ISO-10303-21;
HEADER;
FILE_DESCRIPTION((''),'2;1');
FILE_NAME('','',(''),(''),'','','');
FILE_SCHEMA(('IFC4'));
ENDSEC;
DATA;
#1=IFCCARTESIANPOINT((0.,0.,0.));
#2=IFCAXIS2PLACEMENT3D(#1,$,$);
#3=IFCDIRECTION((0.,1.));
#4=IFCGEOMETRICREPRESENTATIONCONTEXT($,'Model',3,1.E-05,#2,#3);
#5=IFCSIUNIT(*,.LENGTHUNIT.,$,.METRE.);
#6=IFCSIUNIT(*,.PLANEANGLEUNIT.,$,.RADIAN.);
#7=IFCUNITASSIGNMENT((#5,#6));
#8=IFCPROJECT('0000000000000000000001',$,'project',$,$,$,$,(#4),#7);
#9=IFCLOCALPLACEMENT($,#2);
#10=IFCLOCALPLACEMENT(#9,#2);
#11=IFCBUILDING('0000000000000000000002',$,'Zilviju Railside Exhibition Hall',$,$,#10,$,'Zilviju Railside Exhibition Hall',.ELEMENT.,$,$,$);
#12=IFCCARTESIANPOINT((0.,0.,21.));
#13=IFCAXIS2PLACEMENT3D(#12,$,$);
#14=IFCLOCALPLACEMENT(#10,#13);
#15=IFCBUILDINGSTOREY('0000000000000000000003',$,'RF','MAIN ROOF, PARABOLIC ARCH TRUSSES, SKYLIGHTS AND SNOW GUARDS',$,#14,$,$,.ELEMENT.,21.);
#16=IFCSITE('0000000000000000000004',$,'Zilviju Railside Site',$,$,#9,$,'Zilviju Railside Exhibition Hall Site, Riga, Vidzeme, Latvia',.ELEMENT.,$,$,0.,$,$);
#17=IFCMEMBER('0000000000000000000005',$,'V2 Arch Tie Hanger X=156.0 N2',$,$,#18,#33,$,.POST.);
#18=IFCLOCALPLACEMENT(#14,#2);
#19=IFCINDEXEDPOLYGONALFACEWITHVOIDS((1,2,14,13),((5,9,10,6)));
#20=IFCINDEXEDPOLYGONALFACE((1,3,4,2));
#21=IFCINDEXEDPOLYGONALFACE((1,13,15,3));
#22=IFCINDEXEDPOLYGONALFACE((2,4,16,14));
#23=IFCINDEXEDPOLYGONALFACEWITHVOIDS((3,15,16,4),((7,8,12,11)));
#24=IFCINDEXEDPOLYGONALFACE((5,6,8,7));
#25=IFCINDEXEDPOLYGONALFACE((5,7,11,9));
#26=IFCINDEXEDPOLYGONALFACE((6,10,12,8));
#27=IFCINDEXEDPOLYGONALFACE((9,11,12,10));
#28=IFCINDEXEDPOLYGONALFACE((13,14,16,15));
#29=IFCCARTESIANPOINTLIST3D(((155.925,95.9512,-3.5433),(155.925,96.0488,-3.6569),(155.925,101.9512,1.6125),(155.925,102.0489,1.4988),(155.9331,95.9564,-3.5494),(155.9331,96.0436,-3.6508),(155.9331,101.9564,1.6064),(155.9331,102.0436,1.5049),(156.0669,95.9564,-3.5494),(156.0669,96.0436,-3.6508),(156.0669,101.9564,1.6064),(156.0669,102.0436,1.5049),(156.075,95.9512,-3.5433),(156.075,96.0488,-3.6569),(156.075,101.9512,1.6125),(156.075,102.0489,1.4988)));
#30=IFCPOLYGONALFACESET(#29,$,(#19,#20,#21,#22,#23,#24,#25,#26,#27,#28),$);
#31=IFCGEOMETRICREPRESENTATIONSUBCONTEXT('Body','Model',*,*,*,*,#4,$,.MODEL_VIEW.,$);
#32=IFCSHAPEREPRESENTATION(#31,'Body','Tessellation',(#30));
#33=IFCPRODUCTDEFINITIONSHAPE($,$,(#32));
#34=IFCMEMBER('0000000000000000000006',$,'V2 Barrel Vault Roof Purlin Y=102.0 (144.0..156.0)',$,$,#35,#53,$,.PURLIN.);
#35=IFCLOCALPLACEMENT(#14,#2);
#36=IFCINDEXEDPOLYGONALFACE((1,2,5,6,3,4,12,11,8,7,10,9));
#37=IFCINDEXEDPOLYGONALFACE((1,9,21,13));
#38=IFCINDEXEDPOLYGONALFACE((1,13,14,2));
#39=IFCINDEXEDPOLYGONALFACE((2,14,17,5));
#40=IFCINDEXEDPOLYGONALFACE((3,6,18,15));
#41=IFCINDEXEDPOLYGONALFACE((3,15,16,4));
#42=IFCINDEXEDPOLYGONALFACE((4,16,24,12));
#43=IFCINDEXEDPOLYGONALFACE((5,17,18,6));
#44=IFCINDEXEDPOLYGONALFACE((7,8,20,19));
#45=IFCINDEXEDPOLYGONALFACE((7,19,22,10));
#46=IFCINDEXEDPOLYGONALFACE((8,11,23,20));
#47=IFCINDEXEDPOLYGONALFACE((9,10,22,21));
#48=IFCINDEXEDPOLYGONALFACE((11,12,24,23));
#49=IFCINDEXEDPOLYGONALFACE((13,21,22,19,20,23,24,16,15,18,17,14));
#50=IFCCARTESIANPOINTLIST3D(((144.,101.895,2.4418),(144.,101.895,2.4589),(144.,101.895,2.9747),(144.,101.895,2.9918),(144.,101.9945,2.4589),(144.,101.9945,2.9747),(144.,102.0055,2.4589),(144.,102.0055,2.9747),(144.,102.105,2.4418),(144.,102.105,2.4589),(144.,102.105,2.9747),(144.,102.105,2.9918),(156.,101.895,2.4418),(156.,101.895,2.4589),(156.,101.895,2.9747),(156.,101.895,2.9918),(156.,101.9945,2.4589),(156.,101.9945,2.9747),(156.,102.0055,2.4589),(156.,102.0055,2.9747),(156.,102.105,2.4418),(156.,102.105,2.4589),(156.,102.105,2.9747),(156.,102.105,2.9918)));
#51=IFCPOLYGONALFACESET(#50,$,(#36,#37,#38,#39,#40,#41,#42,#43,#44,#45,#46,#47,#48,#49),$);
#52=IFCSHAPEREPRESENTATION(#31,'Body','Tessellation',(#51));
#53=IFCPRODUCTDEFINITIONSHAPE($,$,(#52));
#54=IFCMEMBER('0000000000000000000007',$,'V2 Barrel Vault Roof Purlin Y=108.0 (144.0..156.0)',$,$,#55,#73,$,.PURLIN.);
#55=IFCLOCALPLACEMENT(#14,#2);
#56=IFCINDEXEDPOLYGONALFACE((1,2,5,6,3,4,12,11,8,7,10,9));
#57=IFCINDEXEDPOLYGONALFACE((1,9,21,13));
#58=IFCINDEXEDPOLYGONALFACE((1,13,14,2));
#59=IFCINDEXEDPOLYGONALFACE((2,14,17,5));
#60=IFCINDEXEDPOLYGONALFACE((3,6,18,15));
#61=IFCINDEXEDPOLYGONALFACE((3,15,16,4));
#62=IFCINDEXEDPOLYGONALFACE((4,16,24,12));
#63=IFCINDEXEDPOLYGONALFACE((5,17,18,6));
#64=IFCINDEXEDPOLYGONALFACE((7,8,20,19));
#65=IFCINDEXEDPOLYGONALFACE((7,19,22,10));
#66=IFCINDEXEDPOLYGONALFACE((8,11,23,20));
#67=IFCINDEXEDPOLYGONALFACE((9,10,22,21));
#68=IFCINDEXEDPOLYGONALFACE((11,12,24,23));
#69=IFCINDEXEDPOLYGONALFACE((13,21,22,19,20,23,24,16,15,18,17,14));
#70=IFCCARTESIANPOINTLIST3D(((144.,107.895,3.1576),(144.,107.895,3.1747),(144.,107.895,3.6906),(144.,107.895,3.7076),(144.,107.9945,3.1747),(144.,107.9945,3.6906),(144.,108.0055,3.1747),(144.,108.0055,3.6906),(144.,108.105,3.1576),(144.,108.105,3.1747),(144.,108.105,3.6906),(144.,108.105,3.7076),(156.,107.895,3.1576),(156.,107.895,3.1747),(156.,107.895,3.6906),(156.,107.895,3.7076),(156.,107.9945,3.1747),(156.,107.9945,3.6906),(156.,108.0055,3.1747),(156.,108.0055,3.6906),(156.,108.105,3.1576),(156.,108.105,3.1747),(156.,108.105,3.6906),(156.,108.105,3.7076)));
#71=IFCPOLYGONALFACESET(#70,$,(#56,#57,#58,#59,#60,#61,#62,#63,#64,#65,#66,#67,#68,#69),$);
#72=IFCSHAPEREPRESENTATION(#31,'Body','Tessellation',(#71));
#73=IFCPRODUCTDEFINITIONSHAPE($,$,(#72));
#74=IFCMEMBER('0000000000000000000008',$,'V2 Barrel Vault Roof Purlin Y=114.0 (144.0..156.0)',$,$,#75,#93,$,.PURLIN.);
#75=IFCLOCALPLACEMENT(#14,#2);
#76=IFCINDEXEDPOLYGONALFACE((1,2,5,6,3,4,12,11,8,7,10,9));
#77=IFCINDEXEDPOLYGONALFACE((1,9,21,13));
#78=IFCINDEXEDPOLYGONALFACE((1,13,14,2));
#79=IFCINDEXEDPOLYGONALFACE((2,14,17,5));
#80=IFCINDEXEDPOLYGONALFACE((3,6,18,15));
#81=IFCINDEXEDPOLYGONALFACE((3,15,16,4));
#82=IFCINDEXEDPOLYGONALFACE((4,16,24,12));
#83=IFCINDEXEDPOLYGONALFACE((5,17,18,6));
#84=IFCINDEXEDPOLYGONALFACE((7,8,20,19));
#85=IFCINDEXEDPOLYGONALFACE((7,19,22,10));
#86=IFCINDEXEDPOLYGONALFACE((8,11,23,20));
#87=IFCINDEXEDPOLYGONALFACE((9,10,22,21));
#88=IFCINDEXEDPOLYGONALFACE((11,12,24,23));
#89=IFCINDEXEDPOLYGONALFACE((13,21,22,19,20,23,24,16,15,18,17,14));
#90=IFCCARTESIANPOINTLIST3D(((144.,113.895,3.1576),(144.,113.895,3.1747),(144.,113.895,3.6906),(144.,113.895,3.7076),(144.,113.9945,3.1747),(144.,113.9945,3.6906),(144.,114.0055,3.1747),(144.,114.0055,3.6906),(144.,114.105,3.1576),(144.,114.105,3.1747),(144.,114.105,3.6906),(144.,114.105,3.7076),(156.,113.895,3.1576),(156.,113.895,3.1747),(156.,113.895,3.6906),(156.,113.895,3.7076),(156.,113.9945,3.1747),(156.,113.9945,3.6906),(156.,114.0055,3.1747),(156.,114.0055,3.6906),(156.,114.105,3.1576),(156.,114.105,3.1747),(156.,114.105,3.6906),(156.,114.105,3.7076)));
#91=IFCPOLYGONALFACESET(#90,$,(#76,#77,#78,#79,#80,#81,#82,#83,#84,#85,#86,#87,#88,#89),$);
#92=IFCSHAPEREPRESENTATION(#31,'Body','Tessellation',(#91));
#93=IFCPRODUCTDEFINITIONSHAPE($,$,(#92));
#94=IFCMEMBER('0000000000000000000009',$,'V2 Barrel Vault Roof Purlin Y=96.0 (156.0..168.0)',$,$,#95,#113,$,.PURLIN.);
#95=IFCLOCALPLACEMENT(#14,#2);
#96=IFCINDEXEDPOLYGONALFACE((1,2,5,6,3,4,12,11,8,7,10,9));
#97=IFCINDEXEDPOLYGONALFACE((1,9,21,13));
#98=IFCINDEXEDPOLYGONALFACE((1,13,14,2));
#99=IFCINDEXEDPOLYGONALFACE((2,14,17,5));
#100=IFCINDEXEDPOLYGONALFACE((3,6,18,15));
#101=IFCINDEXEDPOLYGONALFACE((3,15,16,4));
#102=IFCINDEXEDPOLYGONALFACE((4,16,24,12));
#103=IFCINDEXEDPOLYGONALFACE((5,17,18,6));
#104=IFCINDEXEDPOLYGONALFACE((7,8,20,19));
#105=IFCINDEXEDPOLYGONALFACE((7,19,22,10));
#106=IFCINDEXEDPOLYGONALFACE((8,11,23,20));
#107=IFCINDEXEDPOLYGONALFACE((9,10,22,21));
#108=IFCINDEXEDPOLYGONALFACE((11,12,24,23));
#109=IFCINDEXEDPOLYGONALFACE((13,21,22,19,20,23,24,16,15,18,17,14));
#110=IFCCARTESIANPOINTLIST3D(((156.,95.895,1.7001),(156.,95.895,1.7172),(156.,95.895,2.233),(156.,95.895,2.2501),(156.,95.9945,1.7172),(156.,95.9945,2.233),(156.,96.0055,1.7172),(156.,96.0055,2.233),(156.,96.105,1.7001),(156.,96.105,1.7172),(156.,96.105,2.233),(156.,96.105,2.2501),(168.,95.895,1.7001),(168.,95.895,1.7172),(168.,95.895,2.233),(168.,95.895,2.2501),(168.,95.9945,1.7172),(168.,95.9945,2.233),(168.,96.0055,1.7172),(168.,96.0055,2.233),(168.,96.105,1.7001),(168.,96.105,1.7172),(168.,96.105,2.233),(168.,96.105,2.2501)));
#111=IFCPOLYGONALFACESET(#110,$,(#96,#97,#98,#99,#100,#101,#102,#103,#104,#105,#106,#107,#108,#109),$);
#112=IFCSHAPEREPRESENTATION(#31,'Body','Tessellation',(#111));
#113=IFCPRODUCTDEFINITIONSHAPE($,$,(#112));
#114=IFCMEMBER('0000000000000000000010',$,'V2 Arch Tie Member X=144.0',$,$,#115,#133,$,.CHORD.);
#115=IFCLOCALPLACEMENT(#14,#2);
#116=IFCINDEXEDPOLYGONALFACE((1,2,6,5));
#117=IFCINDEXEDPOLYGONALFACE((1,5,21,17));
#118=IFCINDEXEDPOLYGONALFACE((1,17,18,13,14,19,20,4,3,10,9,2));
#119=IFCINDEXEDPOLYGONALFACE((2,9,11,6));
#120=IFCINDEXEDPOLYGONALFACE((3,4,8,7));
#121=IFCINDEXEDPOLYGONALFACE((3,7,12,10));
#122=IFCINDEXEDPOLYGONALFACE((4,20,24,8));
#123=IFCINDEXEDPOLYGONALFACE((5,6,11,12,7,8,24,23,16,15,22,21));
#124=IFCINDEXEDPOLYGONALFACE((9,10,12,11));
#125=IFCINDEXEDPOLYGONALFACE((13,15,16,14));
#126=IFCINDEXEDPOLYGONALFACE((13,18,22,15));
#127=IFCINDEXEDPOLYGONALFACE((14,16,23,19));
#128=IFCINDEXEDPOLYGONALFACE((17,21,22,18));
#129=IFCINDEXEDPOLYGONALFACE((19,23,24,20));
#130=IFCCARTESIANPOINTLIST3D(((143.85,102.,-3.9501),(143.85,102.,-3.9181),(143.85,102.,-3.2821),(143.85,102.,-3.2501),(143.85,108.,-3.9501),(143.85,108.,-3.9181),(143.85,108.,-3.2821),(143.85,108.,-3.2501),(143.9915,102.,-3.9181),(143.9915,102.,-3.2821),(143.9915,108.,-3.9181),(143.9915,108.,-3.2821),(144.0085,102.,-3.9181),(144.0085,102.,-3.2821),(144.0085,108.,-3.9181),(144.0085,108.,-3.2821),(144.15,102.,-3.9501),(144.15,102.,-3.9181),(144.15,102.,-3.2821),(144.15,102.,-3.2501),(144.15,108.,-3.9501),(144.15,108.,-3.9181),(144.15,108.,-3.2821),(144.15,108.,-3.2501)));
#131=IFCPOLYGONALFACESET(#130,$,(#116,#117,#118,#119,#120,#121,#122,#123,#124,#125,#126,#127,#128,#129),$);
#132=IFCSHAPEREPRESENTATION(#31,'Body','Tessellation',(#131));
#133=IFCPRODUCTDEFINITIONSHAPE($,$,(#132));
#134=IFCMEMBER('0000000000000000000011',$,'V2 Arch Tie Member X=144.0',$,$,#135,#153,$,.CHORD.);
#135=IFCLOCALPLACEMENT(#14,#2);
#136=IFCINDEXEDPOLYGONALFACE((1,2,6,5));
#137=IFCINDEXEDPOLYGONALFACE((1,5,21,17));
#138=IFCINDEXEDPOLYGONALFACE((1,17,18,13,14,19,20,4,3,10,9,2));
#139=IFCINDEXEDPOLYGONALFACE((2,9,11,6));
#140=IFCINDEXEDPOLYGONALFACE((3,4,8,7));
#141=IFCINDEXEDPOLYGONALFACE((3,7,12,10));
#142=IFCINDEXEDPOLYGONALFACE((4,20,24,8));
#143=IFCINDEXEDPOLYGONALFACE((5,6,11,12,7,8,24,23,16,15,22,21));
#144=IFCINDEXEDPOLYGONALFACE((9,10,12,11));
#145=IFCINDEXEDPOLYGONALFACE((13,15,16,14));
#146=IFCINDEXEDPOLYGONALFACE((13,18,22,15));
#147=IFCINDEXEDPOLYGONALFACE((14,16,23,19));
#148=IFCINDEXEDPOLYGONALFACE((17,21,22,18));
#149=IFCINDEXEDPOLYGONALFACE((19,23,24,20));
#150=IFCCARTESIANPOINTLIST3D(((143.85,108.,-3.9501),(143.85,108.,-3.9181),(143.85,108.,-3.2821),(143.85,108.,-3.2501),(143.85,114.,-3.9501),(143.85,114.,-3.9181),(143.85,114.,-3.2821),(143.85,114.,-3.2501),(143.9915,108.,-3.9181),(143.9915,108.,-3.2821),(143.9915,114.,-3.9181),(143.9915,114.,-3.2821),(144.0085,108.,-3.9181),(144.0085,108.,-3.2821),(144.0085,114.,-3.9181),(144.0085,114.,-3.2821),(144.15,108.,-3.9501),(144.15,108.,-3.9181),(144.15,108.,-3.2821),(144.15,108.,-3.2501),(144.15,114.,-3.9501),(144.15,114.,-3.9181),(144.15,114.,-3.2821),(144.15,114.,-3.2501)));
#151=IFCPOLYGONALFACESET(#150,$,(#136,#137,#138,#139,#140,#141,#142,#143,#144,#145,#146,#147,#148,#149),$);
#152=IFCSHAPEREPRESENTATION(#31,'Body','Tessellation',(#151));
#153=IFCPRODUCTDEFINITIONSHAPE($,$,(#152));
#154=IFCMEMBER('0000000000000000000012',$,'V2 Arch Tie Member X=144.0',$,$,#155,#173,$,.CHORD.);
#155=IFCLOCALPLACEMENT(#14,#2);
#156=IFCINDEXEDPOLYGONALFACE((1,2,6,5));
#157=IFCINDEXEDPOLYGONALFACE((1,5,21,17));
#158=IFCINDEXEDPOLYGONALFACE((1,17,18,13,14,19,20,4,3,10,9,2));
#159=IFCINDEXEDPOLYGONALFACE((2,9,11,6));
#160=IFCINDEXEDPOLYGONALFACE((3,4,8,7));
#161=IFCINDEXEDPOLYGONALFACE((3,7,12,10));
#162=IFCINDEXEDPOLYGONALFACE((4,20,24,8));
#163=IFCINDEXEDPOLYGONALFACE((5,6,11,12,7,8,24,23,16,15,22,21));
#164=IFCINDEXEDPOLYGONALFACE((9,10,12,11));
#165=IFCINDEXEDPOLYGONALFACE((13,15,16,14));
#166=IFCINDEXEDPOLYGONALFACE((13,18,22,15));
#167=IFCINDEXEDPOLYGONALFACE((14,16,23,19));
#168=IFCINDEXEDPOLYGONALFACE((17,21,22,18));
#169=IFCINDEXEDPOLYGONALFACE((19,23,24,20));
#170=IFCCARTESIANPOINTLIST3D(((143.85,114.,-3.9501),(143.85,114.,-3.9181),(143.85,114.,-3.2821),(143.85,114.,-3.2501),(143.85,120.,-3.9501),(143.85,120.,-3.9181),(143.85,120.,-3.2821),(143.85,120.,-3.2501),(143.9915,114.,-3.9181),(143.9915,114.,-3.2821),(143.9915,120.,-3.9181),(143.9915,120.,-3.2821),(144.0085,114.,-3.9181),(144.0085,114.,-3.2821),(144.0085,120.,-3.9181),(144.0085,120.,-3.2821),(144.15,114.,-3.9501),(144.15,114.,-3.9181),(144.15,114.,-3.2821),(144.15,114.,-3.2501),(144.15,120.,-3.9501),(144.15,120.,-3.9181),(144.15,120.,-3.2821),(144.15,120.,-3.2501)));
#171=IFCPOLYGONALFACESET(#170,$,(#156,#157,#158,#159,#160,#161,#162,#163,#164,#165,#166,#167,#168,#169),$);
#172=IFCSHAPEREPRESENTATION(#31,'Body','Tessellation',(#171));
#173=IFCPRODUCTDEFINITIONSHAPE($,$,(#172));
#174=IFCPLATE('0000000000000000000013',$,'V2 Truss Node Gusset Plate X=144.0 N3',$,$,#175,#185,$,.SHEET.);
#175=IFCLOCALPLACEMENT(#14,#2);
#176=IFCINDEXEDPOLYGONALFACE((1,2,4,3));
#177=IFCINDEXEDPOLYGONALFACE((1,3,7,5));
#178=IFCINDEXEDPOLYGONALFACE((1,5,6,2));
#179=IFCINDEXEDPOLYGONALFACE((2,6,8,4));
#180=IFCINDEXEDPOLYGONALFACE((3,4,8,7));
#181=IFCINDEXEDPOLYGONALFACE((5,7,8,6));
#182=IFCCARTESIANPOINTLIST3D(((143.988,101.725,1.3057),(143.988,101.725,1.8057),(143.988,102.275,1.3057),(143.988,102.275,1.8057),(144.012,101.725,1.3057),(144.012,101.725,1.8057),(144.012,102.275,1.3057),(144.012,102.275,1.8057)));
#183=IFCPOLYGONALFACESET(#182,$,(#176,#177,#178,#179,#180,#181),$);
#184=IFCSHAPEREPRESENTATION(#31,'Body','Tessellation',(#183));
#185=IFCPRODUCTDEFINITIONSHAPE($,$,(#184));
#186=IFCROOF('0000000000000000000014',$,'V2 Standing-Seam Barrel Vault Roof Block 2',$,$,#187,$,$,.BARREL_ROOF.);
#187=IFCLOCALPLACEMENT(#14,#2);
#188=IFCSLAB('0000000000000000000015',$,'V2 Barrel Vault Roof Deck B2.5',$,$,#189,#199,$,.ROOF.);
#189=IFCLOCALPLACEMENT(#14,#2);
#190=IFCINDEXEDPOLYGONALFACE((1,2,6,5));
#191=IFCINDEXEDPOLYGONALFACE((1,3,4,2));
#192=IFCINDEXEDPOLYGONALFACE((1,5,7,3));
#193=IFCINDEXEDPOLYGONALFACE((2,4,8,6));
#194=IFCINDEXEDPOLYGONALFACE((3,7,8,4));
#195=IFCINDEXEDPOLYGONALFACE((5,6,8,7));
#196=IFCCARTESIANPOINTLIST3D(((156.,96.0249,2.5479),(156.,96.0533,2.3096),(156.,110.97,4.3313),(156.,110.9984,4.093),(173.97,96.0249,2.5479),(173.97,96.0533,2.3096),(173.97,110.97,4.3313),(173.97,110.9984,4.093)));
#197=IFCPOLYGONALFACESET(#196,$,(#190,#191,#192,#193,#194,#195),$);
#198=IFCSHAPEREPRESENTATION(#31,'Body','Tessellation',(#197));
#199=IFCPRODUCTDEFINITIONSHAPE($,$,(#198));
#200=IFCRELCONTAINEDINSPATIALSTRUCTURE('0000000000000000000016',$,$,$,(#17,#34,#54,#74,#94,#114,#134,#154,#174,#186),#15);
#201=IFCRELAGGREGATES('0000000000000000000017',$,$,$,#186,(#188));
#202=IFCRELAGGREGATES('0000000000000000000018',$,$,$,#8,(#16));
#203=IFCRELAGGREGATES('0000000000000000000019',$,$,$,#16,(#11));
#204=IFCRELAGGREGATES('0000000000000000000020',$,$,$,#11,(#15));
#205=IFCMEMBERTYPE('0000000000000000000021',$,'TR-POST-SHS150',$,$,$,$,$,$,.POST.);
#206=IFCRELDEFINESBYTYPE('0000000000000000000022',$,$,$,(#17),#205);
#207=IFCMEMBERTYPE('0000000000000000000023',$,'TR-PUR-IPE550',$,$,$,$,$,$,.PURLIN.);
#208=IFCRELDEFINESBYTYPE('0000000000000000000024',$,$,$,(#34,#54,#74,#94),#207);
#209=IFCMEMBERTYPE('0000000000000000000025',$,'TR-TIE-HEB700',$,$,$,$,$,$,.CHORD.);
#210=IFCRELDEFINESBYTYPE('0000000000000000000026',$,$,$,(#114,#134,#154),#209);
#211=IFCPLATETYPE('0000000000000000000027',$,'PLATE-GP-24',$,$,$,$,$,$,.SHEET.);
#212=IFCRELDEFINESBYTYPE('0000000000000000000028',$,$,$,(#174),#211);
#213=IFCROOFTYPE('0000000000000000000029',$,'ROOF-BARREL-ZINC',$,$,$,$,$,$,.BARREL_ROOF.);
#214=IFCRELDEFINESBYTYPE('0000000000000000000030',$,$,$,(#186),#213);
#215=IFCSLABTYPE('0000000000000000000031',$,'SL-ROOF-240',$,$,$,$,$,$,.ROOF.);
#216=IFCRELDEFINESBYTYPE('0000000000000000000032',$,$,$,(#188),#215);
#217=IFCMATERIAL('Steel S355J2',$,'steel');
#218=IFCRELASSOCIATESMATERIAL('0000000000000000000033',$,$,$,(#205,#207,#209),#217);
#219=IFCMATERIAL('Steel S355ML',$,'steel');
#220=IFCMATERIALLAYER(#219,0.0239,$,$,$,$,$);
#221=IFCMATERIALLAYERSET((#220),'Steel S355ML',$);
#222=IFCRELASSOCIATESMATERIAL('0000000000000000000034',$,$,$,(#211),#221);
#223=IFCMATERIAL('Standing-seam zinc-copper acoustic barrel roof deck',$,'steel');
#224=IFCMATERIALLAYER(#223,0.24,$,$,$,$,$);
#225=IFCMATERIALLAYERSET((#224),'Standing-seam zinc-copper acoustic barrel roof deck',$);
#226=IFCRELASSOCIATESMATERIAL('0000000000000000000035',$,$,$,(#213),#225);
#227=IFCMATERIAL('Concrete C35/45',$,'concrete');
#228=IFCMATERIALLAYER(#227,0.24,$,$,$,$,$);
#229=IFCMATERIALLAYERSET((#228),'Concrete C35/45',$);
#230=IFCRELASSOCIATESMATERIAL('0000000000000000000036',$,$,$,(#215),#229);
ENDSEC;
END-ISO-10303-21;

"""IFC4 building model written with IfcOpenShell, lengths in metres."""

from ifc_helpers import new_model, si_unit, direction, frame, origin, origin_2d, place, context, subcontext, project, spatial, polyline, rectangle, hollow_rectangle, i_section, outline, extrude, material, layer, layer_set, material_profile, profile_set, type_object, element, aggregate, save


model = new_model("IFC4")

# Units and contexts
model_context = context("Model", 3, precision=1e-05, world=origin(), true_north=direction((0.0, 1.0)))
body_context = subcontext(model_context, "Body", "Model", "MODEL_VIEW")
ifc_project = project(units=[si_unit("LENGTHUNIT", "METRE"), si_unit("PLANEANGLEUNIT", "RADIAN")], contexts=[model_context])

# Site, building, storey
site_placement = place(None, origin())
site = spatial("IfcSite", under=ifc_project, at=site_placement, Name="Zilviju Railside Site", LongName="Zilviju Railside Exhibition Hall Site, Riga, Vidzeme, Latvia", CompositionType="ELEMENT", RefElevation=0.0)
building_placement = place(site_placement, origin())
building = spatial("IfcBuilding", under=site, at=building_placement, Name="Zilviju Railside Exhibition Hall", LongName="Zilviju Railside Exhibition Hall", CompositionType="ELEMENT")
storey_placement = place(building_placement, frame((0.0, 0.0, 21.0)))
storey = spatial("IfcBuildingStorey", under=building, at=storey_placement, Name="RF", Description="MAIN ROOF, PARABOLIC ARCH TRUSSES, SKYLIGHTS AND SNOW GUARDS", CompositionType="ELEMENT", Elevation=21.0)

# Members
ifc_material_1 = material(Name="Steel S355J2", Category="steel")
ifc_material_profile_1 = material_profile(ifc_material_1, hollow_rectangle(XDim=0.1499, YDim=0.1499, WallThickness=0.0081, at=origin_2d()), Name="SHS 150x150x8.0")
ifc_profile_set_1 = profile_set([ifc_material_profile_1], Name="Steel S355J2")
member_type_1 = type_object("IfcMemberType", Name="TR-POST-SHS150", PredefinedType="POST", material=ifc_profile_set_1)
member_1_placement = place(storey_placement, frame((156.0, 96.0, -3.6001), z_axis=(0.0, 0.75845, 0.651731), x_axis=(-1.0, 0.0, 0.0)))
element("IfcMember", 1, at=member_1_placement, inside=storey, type_object=member_type_1, Name="V2 Arch Tie Hanger X=156.0 N2", PredefinedType="POST", context=body_context, shape_type="SweptSolid", body=[
    extrude(hollow_rectangle(XDim=0.1499, YDim=0.1499, WallThickness=0.0081, at=origin_2d()), origin(), (0.0, 0.0, 1.0), 7.9109),
])
ifc_material_profile_2 = material_profile(ifc_material_1, i_section(OverallWidth=0.21, OverallDepth=0.55, WebThickness=0.011, FlangeThickness=0.0171, at=origin_2d()), Name="IPE 550")
ifc_profile_set_2 = profile_set([ifc_material_profile_2], Name="Steel S355J2")
member_type_2 = type_object("IfcMemberType", Name="TR-PUR-IPE550", PredefinedType="PURLIN", material=ifc_profile_set_2)
for number, where, z_axis, x_axis, name in (
    (2, (144.0, 102.0, 2.7168), (1.0, 0.0, 0.0), (0.0, 1.0, 0.0), "V2 Barrel Vault Roof Purlin Y=102.0 (144.0..156.0)"),
    (3, (144.0, 108.0, 3.4326), (1.0, 0.0, 0.0), (0.0, 1.0, 0.0), "V2 Barrel Vault Roof Purlin Y=108.0 (144.0..156.0)"),
    (4, (144.0, 114.0, 3.4326), (1.0, 0.0, 0.0), (0.0, 1.0, 0.0), "V2 Barrel Vault Roof Purlin Y=114.0 (144.0..156.0)"),
    (5, (156.0, 96.0, 1.9751), (1.0, 0.0, 0.0), (0.0, 1.0, 0.0), "V2 Barrel Vault Roof Purlin Y=96.0 (156.0..168.0)"),
):
    element("IfcMember", number, at=place(storey_placement, frame(where, z_axis=z_axis, x_axis=x_axis)), inside=storey, type_object=member_type_2, Name=name, PredefinedType="PURLIN", context=body_context, shape_type="SweptSolid", body=[
        extrude(i_section(OverallWidth=0.21, OverallDepth=0.55, WebThickness=0.011, FlangeThickness=0.0171, at=origin_2d()), origin(), (0.0, 0.0, 1.0), 12.0),
    ])
ifc_material_profile_3 = material_profile(ifc_material_1, i_section(OverallWidth=0.3, OverallDepth=0.7, WebThickness=0.0171, FlangeThickness=0.032, at=origin_2d()), Name="HEB 700")
ifc_profile_set_3 = profile_set([ifc_material_profile_3], Name="Steel S355J2")
member_type_3 = type_object("IfcMemberType", Name="TR-TIE-HEB700", PredefinedType="CHORD", material=ifc_profile_set_3)
for number, where, z_axis, x_axis, name in (
    (6, (144.0, 102.0, -3.6001), (0.0, 1.0, 0.0), (-1.0, 0.0, 0.0), "V2 Arch Tie Member X=144.0"),
    (7, (144.0, 108.0, -3.6001), (0.0, 1.0, 0.0), (-1.0, 0.0, 0.0), "V2 Arch Tie Member X=144.0"),
    (8, (144.0, 114.0, -3.6001), (0.0, 1.0, 0.0), (-1.0, 0.0, 0.0), "V2 Arch Tie Member X=144.0"),
):
    element("IfcMember", number, at=place(storey_placement, frame(where, z_axis=z_axis, x_axis=x_axis)), inside=storey, type_object=member_type_3, Name=name, PredefinedType="CHORD", context=body_context, shape_type="SweptSolid", body=[
        extrude(i_section(OverallWidth=0.3, OverallDepth=0.7, WebThickness=0.0171, FlangeThickness=0.032, at=origin_2d()), origin(), (0.0, 0.0, 1.0), 6.0),
    ])

# Plate
ifc_material_2 = material(Name="Steel S355ML", Category="steel")
ifc_layer_1 = layer(ifc_material_2, 0.0239)
ifc_layer_set_1 = layer_set([ifc_layer_1], Name="Steel S355ML")
plate_type = type_object("IfcPlateType", Name="PLATE-GP-24", PredefinedType="SHEET", material=ifc_layer_set_1)
plate_placement = place(storey_placement, frame((144.0, 102.0, 1.3057), z_axis=(0.0, 0.0, 1.0), x_axis=(1.0, 0.0, 0.0)))
element("IfcPlate", 9, at=plate_placement, inside=storey, type_object=plate_type, Name="V2 Truss Node Gusset Plate X=144.0 N3", PredefinedType="SHEET", context=body_context, shape_type="SweptSolid", body=[
    extrude(rectangle(XDim=0.0239, YDim=0.55, at=origin_2d()), origin(), (0.0, 0.0, 1.0), 0.5),
])

# Roof, slab
ifc_material_3 = material(Name="Standing-seam zinc-copper acoustic barrel roof deck", Category="steel")
ifc_layer_2 = layer(ifc_material_3, 0.24)
ifc_layer_set_2 = layer_set([ifc_layer_2], Name="Standing-seam zinc-copper acoustic barrel roof deck")
roof_type = type_object("IfcRoofType", Name="ROOF-BARREL-ZINC", PredefinedType="BARREL_ROOF", material=ifc_layer_set_2)
roof_placement = place(storey_placement, origin())
roof = element("IfcRoof", 10, at=roof_placement, inside=storey, type_object=roof_type, Name="V2 Standing-Seam Barrel Vault Roof Block 2", PredefinedType="BARREL_ROOF")
ifc_material_4 = material(Name="Concrete C35/45", Category="concrete")
ifc_layer_3 = layer(ifc_material_4, 0.24)
ifc_layer_set_3 = layer_set([ifc_layer_3], Name="Concrete C35/45")
slab_type = type_object("IfcSlabType", Name="SL-ROOF-240", PredefinedType="ROOF", material=ifc_layer_set_3)
slab_1_placement = place(storey_placement, frame((156.0, 96.0249, 2.5479), z_axis=(0.0, -0.118493, 0.992955), x_axis=(1.0, 0.0, 0.0)))
slab_1 = element("IfcSlab", 11, at=slab_1_placement, type_object=slab_type, Name="V2 Barrel Vault Roof Deck B2.5", PredefinedType="ROOF", context=body_context, shape_type="SweptSolid", body=[
    extrude(outline(polyline([(0.0, 0.0), (17.97, 0.0), (17.97, 15.0511), (0.0, 15.0511), (0.0, 0.0)])), origin(), (0.0, 0.0, -1.0), 0.24),
])
aggregate(roof, [slab_1])

save(model, "model.ifc")
